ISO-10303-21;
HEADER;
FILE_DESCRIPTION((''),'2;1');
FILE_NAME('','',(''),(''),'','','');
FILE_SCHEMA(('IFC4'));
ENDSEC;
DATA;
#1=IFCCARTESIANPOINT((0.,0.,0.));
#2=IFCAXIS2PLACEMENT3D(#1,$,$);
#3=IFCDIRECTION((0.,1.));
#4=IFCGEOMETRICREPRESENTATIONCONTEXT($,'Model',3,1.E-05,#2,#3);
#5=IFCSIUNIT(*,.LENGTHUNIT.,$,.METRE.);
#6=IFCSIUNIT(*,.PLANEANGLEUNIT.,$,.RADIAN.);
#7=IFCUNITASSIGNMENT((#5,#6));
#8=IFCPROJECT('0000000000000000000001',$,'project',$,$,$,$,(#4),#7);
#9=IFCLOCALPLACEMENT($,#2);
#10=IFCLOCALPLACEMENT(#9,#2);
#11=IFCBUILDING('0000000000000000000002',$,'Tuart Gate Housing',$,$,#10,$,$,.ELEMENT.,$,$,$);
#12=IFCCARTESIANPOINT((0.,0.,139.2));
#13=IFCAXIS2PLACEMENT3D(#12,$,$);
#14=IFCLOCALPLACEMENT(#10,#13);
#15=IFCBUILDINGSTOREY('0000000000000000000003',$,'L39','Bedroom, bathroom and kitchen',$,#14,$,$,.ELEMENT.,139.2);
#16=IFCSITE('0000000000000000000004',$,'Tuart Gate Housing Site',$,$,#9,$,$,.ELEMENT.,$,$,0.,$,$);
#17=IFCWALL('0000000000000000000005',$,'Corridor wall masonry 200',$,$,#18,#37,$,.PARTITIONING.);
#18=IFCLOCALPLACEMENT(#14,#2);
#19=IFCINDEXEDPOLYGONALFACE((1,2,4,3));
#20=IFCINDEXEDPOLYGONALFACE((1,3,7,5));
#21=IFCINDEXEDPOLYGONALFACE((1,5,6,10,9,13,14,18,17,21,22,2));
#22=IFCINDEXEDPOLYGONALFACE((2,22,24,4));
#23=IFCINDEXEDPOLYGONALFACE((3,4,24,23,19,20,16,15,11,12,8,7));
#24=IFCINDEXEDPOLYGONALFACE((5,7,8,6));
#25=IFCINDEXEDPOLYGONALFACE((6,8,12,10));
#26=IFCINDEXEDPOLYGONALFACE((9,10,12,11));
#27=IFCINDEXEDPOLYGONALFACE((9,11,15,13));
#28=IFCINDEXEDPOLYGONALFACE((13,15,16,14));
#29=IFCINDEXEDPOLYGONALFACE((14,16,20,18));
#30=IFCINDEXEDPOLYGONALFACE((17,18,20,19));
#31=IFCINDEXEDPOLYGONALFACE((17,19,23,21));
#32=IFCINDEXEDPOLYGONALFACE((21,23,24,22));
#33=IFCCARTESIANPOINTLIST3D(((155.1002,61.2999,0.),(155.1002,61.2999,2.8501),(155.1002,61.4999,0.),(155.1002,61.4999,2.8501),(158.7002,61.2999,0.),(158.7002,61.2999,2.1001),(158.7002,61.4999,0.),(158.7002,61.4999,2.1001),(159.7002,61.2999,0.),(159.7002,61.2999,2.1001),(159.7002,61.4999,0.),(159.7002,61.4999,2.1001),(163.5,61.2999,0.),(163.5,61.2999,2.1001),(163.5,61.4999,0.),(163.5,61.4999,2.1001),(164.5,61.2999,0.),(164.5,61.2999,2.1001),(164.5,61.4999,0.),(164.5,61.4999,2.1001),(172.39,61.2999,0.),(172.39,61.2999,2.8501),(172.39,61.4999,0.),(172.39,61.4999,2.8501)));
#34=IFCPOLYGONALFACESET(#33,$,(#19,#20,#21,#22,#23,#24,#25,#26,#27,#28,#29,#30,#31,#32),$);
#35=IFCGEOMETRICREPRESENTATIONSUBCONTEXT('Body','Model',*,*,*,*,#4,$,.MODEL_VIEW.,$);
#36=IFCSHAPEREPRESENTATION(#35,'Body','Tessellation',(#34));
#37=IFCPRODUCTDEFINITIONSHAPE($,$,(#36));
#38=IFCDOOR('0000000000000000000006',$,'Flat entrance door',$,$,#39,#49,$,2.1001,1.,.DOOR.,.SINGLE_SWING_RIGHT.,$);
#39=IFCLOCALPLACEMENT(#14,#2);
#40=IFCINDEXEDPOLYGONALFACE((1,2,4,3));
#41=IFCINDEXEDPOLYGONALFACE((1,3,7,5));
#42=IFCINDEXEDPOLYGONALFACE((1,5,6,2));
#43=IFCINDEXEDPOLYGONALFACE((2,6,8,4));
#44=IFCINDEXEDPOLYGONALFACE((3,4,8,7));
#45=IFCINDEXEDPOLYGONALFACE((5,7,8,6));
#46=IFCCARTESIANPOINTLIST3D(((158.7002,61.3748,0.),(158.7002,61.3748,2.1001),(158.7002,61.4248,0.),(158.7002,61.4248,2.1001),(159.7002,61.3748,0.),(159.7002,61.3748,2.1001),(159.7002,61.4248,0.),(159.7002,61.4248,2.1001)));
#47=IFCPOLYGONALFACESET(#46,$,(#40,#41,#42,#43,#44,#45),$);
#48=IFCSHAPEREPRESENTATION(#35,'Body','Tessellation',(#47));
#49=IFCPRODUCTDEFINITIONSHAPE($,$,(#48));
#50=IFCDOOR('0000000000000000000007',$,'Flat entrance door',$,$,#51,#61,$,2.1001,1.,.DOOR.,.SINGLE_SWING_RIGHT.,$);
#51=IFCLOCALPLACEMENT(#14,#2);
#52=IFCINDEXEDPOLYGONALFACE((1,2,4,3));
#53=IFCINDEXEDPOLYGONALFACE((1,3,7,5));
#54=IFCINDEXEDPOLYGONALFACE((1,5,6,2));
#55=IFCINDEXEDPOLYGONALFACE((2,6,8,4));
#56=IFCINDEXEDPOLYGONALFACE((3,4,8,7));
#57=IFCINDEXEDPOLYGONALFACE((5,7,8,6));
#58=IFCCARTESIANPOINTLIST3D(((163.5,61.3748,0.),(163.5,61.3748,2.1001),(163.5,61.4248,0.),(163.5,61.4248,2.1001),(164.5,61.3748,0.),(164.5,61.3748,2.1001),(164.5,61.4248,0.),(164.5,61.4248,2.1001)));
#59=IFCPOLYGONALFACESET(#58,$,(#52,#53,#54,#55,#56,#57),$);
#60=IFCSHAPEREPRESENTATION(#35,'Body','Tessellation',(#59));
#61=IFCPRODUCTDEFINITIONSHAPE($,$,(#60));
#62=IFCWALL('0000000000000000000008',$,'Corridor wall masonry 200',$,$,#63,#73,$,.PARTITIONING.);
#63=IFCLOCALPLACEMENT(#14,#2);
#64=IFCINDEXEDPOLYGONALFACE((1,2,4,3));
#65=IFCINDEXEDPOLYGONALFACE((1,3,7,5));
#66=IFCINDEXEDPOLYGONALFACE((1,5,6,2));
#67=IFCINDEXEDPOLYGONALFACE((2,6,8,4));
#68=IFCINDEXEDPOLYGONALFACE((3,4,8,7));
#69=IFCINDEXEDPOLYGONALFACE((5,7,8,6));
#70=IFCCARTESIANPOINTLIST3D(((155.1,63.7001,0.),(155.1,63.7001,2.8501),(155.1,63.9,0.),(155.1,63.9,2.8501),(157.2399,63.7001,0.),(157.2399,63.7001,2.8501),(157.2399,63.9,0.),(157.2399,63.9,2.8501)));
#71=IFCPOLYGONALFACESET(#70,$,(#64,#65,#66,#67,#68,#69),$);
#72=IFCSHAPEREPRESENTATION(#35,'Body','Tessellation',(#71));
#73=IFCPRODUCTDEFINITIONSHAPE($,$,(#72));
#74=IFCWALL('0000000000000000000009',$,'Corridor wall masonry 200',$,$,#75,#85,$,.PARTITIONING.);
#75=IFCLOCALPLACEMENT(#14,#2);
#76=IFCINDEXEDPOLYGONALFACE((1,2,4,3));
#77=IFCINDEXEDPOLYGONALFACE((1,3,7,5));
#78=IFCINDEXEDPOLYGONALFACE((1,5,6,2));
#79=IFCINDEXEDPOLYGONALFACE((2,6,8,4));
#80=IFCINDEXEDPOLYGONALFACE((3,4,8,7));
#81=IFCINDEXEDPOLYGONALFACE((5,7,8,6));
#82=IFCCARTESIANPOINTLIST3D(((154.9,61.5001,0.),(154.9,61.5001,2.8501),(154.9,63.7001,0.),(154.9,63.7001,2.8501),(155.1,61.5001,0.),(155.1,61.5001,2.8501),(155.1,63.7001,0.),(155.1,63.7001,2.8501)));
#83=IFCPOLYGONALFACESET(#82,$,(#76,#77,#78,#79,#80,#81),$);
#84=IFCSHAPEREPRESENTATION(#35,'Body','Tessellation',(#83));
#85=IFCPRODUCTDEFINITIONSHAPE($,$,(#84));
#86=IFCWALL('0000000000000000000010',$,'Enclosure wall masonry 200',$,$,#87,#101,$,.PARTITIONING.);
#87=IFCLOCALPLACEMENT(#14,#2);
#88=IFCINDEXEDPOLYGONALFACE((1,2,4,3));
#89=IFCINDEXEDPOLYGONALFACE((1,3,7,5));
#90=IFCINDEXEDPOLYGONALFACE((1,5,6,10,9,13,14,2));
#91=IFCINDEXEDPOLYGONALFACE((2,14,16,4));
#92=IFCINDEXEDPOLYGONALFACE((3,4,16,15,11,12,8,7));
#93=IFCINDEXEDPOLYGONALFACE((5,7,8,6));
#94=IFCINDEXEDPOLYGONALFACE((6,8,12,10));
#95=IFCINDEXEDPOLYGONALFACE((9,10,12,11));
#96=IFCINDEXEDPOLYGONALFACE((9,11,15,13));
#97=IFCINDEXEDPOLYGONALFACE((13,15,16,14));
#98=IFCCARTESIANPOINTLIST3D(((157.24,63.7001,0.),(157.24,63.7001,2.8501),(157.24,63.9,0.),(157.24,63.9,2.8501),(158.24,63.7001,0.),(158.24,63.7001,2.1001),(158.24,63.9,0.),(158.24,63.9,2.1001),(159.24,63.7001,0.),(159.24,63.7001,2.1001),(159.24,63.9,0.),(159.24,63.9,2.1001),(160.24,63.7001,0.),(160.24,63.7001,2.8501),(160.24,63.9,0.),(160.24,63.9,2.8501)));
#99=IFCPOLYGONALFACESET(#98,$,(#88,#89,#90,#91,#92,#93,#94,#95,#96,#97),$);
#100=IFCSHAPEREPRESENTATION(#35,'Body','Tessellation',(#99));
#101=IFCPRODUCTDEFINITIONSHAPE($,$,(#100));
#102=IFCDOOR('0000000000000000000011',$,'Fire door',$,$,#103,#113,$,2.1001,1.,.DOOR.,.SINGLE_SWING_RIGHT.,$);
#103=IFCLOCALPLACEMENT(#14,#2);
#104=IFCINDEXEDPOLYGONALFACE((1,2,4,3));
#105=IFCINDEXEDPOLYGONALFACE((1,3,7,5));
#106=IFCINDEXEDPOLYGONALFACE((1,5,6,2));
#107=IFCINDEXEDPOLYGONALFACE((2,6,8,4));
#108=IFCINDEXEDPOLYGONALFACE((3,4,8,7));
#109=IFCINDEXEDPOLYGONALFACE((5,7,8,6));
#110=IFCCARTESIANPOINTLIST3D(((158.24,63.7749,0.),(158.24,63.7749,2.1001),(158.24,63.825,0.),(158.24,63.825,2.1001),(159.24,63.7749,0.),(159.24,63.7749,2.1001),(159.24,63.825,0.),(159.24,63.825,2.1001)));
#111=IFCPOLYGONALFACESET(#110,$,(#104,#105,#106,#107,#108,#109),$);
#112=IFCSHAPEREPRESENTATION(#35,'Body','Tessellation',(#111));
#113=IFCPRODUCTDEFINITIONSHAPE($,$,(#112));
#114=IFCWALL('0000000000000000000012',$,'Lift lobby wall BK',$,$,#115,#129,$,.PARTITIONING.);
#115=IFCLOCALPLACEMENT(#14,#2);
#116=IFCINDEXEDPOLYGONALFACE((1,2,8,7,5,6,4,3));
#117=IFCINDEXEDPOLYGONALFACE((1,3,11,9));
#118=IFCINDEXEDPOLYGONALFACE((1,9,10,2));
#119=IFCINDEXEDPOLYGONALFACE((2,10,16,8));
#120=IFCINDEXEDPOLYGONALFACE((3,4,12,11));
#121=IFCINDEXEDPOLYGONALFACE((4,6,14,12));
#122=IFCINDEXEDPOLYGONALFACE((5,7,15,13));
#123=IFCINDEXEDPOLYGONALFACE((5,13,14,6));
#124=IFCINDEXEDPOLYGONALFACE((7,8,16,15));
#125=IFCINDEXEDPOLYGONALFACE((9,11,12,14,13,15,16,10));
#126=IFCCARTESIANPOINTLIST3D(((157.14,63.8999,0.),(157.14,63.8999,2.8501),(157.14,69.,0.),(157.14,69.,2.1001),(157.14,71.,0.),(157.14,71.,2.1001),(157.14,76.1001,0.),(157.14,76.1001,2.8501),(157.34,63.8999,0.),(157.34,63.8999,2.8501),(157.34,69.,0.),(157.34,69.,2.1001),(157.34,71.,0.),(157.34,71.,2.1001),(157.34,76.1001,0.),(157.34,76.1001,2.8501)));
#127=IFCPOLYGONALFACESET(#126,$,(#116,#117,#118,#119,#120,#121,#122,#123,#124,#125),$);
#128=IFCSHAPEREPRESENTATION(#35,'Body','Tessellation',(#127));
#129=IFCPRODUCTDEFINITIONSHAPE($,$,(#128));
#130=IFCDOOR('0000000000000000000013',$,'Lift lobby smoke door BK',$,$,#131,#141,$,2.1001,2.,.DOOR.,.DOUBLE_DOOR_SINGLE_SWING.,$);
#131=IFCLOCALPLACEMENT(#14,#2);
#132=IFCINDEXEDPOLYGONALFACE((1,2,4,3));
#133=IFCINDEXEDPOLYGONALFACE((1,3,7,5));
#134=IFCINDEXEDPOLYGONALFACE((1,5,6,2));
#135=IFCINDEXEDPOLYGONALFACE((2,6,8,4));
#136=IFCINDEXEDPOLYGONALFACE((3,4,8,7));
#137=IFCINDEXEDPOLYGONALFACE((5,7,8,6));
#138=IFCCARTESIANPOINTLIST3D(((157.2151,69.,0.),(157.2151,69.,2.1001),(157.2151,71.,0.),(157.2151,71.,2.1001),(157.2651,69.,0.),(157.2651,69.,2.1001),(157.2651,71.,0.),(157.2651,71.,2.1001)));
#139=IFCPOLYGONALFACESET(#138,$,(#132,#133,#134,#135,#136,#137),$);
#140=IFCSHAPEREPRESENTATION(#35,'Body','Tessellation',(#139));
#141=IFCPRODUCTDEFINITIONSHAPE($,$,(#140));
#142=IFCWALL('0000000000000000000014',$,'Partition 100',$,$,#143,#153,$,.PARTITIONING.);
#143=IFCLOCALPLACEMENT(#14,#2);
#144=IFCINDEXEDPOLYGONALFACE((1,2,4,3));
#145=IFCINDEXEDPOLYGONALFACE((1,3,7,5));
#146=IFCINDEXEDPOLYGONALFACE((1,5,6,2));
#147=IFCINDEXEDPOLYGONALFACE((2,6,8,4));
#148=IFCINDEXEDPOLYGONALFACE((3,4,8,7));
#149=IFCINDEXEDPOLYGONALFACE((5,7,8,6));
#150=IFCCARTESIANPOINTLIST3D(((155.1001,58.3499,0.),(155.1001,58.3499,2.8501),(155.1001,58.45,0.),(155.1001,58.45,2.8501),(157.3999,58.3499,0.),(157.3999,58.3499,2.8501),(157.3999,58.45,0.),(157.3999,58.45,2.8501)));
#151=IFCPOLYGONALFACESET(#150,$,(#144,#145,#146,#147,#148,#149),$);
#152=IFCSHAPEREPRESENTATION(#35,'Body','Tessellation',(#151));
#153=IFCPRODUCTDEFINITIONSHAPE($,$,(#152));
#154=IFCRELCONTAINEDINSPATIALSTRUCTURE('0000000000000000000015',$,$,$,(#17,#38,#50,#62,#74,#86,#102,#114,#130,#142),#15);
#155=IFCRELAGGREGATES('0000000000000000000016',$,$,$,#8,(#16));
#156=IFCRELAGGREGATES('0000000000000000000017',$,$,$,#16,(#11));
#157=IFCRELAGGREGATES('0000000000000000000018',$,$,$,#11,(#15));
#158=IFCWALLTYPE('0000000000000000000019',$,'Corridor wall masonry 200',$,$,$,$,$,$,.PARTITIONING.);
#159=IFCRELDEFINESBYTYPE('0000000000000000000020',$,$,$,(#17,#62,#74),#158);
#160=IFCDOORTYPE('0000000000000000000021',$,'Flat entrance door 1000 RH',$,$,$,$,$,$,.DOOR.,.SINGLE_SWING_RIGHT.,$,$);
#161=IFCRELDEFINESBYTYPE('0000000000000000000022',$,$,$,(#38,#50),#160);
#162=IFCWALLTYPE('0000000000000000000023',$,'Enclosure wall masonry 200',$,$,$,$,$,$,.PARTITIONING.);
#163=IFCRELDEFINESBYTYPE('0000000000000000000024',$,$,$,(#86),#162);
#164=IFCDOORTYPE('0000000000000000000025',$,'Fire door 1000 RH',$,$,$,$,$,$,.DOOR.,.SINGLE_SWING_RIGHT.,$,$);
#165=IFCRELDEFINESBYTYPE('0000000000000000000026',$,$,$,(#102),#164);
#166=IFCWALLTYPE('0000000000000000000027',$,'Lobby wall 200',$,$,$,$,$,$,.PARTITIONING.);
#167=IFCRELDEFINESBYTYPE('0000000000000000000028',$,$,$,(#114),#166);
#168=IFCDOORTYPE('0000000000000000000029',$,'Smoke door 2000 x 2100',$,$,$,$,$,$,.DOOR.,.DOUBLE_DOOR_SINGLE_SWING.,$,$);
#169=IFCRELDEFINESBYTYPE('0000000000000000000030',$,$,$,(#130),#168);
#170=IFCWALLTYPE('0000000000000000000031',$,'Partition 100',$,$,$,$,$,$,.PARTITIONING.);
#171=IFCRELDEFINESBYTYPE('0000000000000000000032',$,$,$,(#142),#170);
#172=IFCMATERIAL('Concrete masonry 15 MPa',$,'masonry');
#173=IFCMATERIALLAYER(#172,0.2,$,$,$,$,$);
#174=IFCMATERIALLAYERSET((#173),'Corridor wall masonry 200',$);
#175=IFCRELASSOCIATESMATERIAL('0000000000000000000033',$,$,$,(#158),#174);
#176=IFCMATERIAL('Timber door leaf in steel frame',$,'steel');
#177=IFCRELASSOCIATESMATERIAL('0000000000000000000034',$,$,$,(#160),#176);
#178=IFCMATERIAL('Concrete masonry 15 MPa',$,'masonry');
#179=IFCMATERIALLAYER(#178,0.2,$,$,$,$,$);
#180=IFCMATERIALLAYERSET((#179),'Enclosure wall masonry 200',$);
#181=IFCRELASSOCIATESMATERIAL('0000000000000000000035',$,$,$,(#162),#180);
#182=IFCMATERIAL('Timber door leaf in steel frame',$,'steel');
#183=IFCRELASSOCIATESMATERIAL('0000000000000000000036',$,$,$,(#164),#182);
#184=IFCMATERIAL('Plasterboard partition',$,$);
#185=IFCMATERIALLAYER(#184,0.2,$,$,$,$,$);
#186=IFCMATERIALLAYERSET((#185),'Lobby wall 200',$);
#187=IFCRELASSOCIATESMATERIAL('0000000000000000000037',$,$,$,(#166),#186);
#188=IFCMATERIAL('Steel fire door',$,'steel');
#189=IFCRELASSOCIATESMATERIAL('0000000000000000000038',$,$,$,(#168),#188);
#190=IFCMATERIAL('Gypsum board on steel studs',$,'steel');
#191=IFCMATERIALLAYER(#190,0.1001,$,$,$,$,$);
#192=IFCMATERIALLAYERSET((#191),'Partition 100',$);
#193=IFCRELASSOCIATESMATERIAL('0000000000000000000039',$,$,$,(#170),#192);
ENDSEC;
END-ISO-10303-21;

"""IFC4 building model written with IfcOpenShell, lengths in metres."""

from ifc_helpers import new_model, si_unit, direction, frame, frame_2d, origin, place, context, subcontext, project, spatial, rectangle, extrude, material, layer, layer_set, type_object, element, fill, save


model = new_model("IFC4")

# Units and contexts
model_context = context("Model", 3, precision=1e-05, world=origin(), true_north=direction((0.0, 1.0)))
body_context = subcontext(model_context, "Body", "Model", "MODEL_VIEW")
ifc_project = project(units=[si_unit("LENGTHUNIT", "METRE"), si_unit("PLANEANGLEUNIT", "RADIAN")], contexts=[model_context])

# Site, building, storey
site_placement = place(None, origin())
site = spatial("IfcSite", under=ifc_project, at=site_placement, Name="Tuart Gate Housing Site", CompositionType="ELEMENT", RefElevation=0.0)
building_placement = place(site_placement, origin())
building = spatial("IfcBuilding", under=site, at=building_placement, Name="Tuart Gate Housing", CompositionType="ELEMENT")
storey_placement = place(building_placement, frame((0.0, 0.0, 139.2)))
storey = spatial("IfcBuildingStorey", under=building, at=storey_placement, Name="L39", Description="Bedroom, bathroom and kitchen", CompositionType="ELEMENT", Elevation=139.2)

# Wall, openings, doors
ifc_material_1 = material(Name="Concrete masonry 15 MPa", Category="masonry")
ifc_layer_1 = layer(ifc_material_1, 0.2)
ifc_layer_set_1 = layer_set([ifc_layer_1], Name="Corridor wall masonry 200")
wall_type_1 = type_object("IfcWallType", Name="Corridor wall masonry 200", PredefinedType="PARTITIONING", material=ifc_layer_set_1)
wall_1_placement = place(storey_placement, frame((155.1001, 61.3999, 0.0), z_axis=(0.0, 0.0, 1.0), x_axis=(1.0, 0.0, 0.0)))
wall_1 = element("IfcWall", 1, at=wall_1_placement, inside=storey, type_object=wall_type_1, Name="Corridor wall masonry 200", PredefinedType="PARTITIONING", context=body_context, shape_type="SweptSolid", body=[
    extrude(rectangle(XDim=17.2898, YDim=0.2, at=frame_2d((8.645, 0.0))), origin(), (0.0, 0.0, 1.0), 2.8501),
])
opening_1_placement = place(wall_1_placement, frame((3.6001, 0.0, 0.0)))
opening_1 = element("IfcOpeningElement", 2, at=opening_1_placement, cuts=wall_1, PredefinedType="OPENING", context=body_context, shape_type="SweptSolid", body=[
    extrude(rectangle(XDim=1.0, YDim=2.1001, at=frame_2d((0.5, 1.05))), frame((0.0, 0.1099, 0.0), z_axis=(0.0, -1.0, 0.0), x_axis=(1.0, 0.0, 0.0)), (0.0, 0.0, 1.0), 0.22),
])
opening_2_placement = place(wall_1_placement, frame((8.3999, 0.0, 0.0)))
opening_2 = element("IfcOpeningElement", 3, at=opening_2_placement, cuts=wall_1, PredefinedType="OPENING", context=body_context, shape_type="SweptSolid", body=[
    extrude(rectangle(XDim=1.0, YDim=2.1001, at=frame_2d((0.5, 1.05))), frame((0.0, 0.1099, 0.0), z_axis=(0.0, -1.0, 0.0), x_axis=(1.0, 0.0, 0.0)), (0.0, 0.0, 1.0), 0.22),
])
ifc_material_2 = material(Name="Timber door leaf in steel frame", Category="steel")
door_type_1 = type_object("IfcDoorType", Name="Flat entrance door 1000 RH", OperationType="SINGLE_SWING_RIGHT", PredefinedType="DOOR", material=ifc_material_2)
door_1_placement = place(opening_1_placement, frame((1.0, 0.0, 0.0), z_axis=(0.0, 0.0, 1.0), x_axis=(-1.0, 0.0, 0.0)))
door_1 = element("IfcDoor", 4, at=door_1_placement, inside=storey, type_object=door_type_1, Name="Flat entrance door", OperationType="SINGLE_SWING_RIGHT", OverallHeight=2.1001, OverallWidth=1.0, PredefinedType="DOOR", context=body_context, shape_type="SweptSolid", body=[
    extrude(rectangle(XDim=1.0, YDim=2.1001, at=frame_2d((0.5, 1.05))), frame((0.0, 0.0251, 0.0), z_axis=(0.0, -1.0, 0.0), x_axis=(1.0, 0.0, 0.0)), (0.0, 0.0, 1.0), 0.05),
])
fill(opening_1, door_1)
door_2_placement = place(opening_2_placement, frame((1.0, 0.0, 0.0), z_axis=(0.0, 0.0, 1.0), x_axis=(-1.0, 0.0, 0.0)))
door_2 = element("IfcDoor", 5, at=door_2_placement, inside=storey, type_object=door_type_1, Name="Flat entrance door", OperationType="SINGLE_SWING_RIGHT", OverallHeight=2.1001, OverallWidth=1.0, PredefinedType="DOOR", context=body_context, shape_type="SweptSolid", body=[
    extrude(rectangle(XDim=1.0, YDim=2.1001, at=frame_2d((0.5, 1.05))), frame((0.0, 0.0251, 0.0), z_axis=(0.0, -1.0, 0.0), x_axis=(1.0, 0.0, 0.0)), (0.0, 0.0, 1.0), 0.05),
])
fill(opening_2, door_2)

# Walls
wall_2_placement = place(storey_placement, frame((155.1001, 63.8, 0.0), z_axis=(0.0, 0.0, 1.0), x_axis=(1.0, 0.0, 0.0)))
element("IfcWall", 6, at=wall_2_placement, inside=storey, type_object=wall_type_1, Name="Corridor wall masonry 200", PredefinedType="PARTITIONING", context=body_context, shape_type="SweptSolid", body=[
    extrude(rectangle(XDim=2.1399, YDim=0.2, at=frame_2d((1.0698, 0.0))), origin(), (0.0, 0.0, 1.0), 2.8501),
])
wall_3_placement = place(storey_placement, frame((155.0, 61.5, 0.0), z_axis=(0.0, 0.0, 1.0), x_axis=(0.0, 1.0, 0.0)))
element("IfcWall", 7, at=wall_3_placement, inside=storey, type_object=wall_type_1, Name="Corridor wall masonry 200", PredefinedType="PARTITIONING", context=body_context, shape_type="SweptSolid", body=[
    extrude(rectangle(XDim=2.2, YDim=0.2, at=frame_2d((1.1001, 0.0))), origin(), (0.0, 0.0, 1.0), 2.8501),
])

# Walls, openings, doors
ifc_material_3 = material(Name="Concrete masonry 15 MPa", Category="masonry")
ifc_layer_2 = layer(ifc_material_3, 0.2)
ifc_layer_set_2 = layer_set([ifc_layer_2], Name="Enclosure wall masonry 200")
wall_type_2 = type_object("IfcWallType", Name="Enclosure wall masonry 200", PredefinedType="PARTITIONING", material=ifc_layer_set_2)
wall_4_placement = place(storey_placement, frame((157.24, 63.8, 0.0), z_axis=(0.0, 0.0, 1.0), x_axis=(1.0, 0.0, 0.0)))
wall_4 = element("IfcWall", 8, at=wall_4_placement, inside=storey, type_object=wall_type_2, Name="Enclosure wall masonry 200", PredefinedType="PARTITIONING", context=body_context, shape_type="SweptSolid", body=[
    extrude(rectangle(XDim=3.0, YDim=0.2, at=frame_2d((1.5, 0.0))), origin(), (0.0, 0.0, 1.0), 2.8501),
])
opening_3_placement = place(wall_4_placement, frame((1.0, 0.0, 0.0)))
opening_3 = element("IfcOpeningElement", 9, at=opening_3_placement, cuts=wall_4, PredefinedType="OPENING", context=body_context, shape_type="SweptSolid", body=[
    extrude(rectangle(XDim=1.0, YDim=2.1001, at=frame_2d((0.5, 1.05))), frame((0.0, 0.1099, 0.0), z_axis=(0.0, -1.0, 0.0), x_axis=(1.0, 0.0, 0.0)), (0.0, 0.0, 1.0), 0.22),
])
ifc_material_4 = material(Name="Timber door leaf in steel frame", Category="steel")
door_type_2 = type_object("IfcDoorType", Name="Fire door 1000 RH", OperationType="SINGLE_SWING_RIGHT", PredefinedType="DOOR", material=ifc_material_4)
door_3_placement = place(opening_3_placement, frame((1.0, 0.0, 0.0), z_axis=(0.0, 0.0, 1.0), x_axis=(-1.0, 0.0, 0.0)))
door_3 = element("IfcDoor", 10, at=door_3_placement, inside=storey, type_object=door_type_2, Name="Fire door", OperationType="SINGLE_SWING_RIGHT", OverallHeight=2.1001, OverallWidth=1.0, PredefinedType="DOOR", context=body_context, shape_type="SweptSolid", body=[
    extrude(rectangle(XDim=1.0, YDim=2.1001, at=frame_2d((0.5, 1.05))), frame((0.0, 0.0251, 0.0), z_axis=(0.0, -1.0, 0.0), x_axis=(1.0, 0.0, 0.0)), (0.0, 0.0, 1.0), 0.05),
])
fill(opening_3, door_3)
ifc_material_5 = material(Name="Plasterboard partition")
ifc_layer_3 = layer(ifc_material_5, 0.2)
ifc_layer_set_3 = layer_set([ifc_layer_3], Name="Lobby wall 200")
wall_type_3 = type_object("IfcWallType", Name="Lobby wall 200", PredefinedType="PARTITIONING", material=ifc_layer_set_3)
wall_5_placement = place(storey_placement, frame((157.24, 63.8999, 0.0), z_axis=(0.0, 0.0, 1.0), x_axis=(0.0, 1.0, 0.0)))
wall_5 = element("IfcWall", 11, at=wall_5_placement, inside=storey, type_object=wall_type_3, Name="Lift lobby wall BK", PredefinedType="PARTITIONING", context=body_context, shape_type="SweptSolid", body=[
    extrude(rectangle(XDim=12.2002, YDim=0.2, at=frame_2d((6.1001, 0.0))), origin(), (0.0, 0.0, 1.0), 2.8501),
])
opening_4_placement = place(wall_5_placement, frame((5.1001, 0.0, 0.0)))
opening_4 = element("IfcOpeningElement", 12, at=opening_4_placement, cuts=wall_5, PredefinedType="OPENING", context=body_context, shape_type="SweptSolid", body=[
    extrude(rectangle(XDim=2.0, YDim=2.1001, at=frame_2d((1.0, 1.05))), frame((0.0, 0.1099, 0.0), z_axis=(0.0, -1.0, 0.0), x_axis=(1.0, 0.0, 0.0)), (0.0, 0.0, 1.0), 0.22),
])
ifc_material_6 = material(Name="Steel fire door", Category="steel")
door_type_3 = type_object("IfcDoorType", Name="Smoke door 2000 x 2100", OperationType="DOUBLE_DOOR_SINGLE_SWING", PredefinedType="DOOR", material=ifc_material_6)
door_4_placement = place(opening_4_placement, frame((2.0, 0.0, 0.0), z_axis=(0.0, 0.0, 1.0), x_axis=(-1.0, 0.0, 0.0)))
door_4 = element("IfcDoor", 13, at=door_4_placement, inside=storey, type_object=door_type_3, Name="Lift lobby smoke door BK", OperationType="DOUBLE_DOOR_SINGLE_SWING", OverallHeight=2.1001, OverallWidth=2.0, PredefinedType="DOOR", context=body_context, shape_type="SweptSolid", body=[
    extrude(rectangle(XDim=2.0, YDim=2.1001, at=frame_2d((1.0, 1.05))), frame((0.0, 0.0251, 0.0), z_axis=(0.0, -1.0, 0.0), x_axis=(1.0, 0.0, 0.0)), (0.0, 0.0, 1.0), 0.05),
])
fill(opening_4, door_4)

# Wall
ifc_material_7 = material(Name="Gypsum board on steel studs", Category="steel")
ifc_layer_4 = layer(ifc_material_7, 0.1001)
ifc_layer_set_4 = layer_set([ifc_layer_4], Name="Partition 100")
wall_type_4 = type_object("IfcWallType", Name="Partition 100", PredefinedType="PARTITIONING", material=ifc_layer_set_4)
wall_6_placement = place(storey_placement, frame((155.1001, 58.3999, 0.0), z_axis=(0.0, 0.0, 1.0), x_axis=(1.0, 0.0, 0.0)))
element("IfcWall", 14, at=wall_6_placement, inside=storey, type_object=wall_type_4, Name="Partition 100", PredefinedType="PARTITIONING", context=body_context, shape_type="SweptSolid", body=[
    extrude(rectangle(XDim=2.2998, YDim=0.1001, at=frame_2d((1.1499, 0.0))), origin(), (0.0, 0.0, 1.0), 2.8501),
])

save(model, "model.ifc")
